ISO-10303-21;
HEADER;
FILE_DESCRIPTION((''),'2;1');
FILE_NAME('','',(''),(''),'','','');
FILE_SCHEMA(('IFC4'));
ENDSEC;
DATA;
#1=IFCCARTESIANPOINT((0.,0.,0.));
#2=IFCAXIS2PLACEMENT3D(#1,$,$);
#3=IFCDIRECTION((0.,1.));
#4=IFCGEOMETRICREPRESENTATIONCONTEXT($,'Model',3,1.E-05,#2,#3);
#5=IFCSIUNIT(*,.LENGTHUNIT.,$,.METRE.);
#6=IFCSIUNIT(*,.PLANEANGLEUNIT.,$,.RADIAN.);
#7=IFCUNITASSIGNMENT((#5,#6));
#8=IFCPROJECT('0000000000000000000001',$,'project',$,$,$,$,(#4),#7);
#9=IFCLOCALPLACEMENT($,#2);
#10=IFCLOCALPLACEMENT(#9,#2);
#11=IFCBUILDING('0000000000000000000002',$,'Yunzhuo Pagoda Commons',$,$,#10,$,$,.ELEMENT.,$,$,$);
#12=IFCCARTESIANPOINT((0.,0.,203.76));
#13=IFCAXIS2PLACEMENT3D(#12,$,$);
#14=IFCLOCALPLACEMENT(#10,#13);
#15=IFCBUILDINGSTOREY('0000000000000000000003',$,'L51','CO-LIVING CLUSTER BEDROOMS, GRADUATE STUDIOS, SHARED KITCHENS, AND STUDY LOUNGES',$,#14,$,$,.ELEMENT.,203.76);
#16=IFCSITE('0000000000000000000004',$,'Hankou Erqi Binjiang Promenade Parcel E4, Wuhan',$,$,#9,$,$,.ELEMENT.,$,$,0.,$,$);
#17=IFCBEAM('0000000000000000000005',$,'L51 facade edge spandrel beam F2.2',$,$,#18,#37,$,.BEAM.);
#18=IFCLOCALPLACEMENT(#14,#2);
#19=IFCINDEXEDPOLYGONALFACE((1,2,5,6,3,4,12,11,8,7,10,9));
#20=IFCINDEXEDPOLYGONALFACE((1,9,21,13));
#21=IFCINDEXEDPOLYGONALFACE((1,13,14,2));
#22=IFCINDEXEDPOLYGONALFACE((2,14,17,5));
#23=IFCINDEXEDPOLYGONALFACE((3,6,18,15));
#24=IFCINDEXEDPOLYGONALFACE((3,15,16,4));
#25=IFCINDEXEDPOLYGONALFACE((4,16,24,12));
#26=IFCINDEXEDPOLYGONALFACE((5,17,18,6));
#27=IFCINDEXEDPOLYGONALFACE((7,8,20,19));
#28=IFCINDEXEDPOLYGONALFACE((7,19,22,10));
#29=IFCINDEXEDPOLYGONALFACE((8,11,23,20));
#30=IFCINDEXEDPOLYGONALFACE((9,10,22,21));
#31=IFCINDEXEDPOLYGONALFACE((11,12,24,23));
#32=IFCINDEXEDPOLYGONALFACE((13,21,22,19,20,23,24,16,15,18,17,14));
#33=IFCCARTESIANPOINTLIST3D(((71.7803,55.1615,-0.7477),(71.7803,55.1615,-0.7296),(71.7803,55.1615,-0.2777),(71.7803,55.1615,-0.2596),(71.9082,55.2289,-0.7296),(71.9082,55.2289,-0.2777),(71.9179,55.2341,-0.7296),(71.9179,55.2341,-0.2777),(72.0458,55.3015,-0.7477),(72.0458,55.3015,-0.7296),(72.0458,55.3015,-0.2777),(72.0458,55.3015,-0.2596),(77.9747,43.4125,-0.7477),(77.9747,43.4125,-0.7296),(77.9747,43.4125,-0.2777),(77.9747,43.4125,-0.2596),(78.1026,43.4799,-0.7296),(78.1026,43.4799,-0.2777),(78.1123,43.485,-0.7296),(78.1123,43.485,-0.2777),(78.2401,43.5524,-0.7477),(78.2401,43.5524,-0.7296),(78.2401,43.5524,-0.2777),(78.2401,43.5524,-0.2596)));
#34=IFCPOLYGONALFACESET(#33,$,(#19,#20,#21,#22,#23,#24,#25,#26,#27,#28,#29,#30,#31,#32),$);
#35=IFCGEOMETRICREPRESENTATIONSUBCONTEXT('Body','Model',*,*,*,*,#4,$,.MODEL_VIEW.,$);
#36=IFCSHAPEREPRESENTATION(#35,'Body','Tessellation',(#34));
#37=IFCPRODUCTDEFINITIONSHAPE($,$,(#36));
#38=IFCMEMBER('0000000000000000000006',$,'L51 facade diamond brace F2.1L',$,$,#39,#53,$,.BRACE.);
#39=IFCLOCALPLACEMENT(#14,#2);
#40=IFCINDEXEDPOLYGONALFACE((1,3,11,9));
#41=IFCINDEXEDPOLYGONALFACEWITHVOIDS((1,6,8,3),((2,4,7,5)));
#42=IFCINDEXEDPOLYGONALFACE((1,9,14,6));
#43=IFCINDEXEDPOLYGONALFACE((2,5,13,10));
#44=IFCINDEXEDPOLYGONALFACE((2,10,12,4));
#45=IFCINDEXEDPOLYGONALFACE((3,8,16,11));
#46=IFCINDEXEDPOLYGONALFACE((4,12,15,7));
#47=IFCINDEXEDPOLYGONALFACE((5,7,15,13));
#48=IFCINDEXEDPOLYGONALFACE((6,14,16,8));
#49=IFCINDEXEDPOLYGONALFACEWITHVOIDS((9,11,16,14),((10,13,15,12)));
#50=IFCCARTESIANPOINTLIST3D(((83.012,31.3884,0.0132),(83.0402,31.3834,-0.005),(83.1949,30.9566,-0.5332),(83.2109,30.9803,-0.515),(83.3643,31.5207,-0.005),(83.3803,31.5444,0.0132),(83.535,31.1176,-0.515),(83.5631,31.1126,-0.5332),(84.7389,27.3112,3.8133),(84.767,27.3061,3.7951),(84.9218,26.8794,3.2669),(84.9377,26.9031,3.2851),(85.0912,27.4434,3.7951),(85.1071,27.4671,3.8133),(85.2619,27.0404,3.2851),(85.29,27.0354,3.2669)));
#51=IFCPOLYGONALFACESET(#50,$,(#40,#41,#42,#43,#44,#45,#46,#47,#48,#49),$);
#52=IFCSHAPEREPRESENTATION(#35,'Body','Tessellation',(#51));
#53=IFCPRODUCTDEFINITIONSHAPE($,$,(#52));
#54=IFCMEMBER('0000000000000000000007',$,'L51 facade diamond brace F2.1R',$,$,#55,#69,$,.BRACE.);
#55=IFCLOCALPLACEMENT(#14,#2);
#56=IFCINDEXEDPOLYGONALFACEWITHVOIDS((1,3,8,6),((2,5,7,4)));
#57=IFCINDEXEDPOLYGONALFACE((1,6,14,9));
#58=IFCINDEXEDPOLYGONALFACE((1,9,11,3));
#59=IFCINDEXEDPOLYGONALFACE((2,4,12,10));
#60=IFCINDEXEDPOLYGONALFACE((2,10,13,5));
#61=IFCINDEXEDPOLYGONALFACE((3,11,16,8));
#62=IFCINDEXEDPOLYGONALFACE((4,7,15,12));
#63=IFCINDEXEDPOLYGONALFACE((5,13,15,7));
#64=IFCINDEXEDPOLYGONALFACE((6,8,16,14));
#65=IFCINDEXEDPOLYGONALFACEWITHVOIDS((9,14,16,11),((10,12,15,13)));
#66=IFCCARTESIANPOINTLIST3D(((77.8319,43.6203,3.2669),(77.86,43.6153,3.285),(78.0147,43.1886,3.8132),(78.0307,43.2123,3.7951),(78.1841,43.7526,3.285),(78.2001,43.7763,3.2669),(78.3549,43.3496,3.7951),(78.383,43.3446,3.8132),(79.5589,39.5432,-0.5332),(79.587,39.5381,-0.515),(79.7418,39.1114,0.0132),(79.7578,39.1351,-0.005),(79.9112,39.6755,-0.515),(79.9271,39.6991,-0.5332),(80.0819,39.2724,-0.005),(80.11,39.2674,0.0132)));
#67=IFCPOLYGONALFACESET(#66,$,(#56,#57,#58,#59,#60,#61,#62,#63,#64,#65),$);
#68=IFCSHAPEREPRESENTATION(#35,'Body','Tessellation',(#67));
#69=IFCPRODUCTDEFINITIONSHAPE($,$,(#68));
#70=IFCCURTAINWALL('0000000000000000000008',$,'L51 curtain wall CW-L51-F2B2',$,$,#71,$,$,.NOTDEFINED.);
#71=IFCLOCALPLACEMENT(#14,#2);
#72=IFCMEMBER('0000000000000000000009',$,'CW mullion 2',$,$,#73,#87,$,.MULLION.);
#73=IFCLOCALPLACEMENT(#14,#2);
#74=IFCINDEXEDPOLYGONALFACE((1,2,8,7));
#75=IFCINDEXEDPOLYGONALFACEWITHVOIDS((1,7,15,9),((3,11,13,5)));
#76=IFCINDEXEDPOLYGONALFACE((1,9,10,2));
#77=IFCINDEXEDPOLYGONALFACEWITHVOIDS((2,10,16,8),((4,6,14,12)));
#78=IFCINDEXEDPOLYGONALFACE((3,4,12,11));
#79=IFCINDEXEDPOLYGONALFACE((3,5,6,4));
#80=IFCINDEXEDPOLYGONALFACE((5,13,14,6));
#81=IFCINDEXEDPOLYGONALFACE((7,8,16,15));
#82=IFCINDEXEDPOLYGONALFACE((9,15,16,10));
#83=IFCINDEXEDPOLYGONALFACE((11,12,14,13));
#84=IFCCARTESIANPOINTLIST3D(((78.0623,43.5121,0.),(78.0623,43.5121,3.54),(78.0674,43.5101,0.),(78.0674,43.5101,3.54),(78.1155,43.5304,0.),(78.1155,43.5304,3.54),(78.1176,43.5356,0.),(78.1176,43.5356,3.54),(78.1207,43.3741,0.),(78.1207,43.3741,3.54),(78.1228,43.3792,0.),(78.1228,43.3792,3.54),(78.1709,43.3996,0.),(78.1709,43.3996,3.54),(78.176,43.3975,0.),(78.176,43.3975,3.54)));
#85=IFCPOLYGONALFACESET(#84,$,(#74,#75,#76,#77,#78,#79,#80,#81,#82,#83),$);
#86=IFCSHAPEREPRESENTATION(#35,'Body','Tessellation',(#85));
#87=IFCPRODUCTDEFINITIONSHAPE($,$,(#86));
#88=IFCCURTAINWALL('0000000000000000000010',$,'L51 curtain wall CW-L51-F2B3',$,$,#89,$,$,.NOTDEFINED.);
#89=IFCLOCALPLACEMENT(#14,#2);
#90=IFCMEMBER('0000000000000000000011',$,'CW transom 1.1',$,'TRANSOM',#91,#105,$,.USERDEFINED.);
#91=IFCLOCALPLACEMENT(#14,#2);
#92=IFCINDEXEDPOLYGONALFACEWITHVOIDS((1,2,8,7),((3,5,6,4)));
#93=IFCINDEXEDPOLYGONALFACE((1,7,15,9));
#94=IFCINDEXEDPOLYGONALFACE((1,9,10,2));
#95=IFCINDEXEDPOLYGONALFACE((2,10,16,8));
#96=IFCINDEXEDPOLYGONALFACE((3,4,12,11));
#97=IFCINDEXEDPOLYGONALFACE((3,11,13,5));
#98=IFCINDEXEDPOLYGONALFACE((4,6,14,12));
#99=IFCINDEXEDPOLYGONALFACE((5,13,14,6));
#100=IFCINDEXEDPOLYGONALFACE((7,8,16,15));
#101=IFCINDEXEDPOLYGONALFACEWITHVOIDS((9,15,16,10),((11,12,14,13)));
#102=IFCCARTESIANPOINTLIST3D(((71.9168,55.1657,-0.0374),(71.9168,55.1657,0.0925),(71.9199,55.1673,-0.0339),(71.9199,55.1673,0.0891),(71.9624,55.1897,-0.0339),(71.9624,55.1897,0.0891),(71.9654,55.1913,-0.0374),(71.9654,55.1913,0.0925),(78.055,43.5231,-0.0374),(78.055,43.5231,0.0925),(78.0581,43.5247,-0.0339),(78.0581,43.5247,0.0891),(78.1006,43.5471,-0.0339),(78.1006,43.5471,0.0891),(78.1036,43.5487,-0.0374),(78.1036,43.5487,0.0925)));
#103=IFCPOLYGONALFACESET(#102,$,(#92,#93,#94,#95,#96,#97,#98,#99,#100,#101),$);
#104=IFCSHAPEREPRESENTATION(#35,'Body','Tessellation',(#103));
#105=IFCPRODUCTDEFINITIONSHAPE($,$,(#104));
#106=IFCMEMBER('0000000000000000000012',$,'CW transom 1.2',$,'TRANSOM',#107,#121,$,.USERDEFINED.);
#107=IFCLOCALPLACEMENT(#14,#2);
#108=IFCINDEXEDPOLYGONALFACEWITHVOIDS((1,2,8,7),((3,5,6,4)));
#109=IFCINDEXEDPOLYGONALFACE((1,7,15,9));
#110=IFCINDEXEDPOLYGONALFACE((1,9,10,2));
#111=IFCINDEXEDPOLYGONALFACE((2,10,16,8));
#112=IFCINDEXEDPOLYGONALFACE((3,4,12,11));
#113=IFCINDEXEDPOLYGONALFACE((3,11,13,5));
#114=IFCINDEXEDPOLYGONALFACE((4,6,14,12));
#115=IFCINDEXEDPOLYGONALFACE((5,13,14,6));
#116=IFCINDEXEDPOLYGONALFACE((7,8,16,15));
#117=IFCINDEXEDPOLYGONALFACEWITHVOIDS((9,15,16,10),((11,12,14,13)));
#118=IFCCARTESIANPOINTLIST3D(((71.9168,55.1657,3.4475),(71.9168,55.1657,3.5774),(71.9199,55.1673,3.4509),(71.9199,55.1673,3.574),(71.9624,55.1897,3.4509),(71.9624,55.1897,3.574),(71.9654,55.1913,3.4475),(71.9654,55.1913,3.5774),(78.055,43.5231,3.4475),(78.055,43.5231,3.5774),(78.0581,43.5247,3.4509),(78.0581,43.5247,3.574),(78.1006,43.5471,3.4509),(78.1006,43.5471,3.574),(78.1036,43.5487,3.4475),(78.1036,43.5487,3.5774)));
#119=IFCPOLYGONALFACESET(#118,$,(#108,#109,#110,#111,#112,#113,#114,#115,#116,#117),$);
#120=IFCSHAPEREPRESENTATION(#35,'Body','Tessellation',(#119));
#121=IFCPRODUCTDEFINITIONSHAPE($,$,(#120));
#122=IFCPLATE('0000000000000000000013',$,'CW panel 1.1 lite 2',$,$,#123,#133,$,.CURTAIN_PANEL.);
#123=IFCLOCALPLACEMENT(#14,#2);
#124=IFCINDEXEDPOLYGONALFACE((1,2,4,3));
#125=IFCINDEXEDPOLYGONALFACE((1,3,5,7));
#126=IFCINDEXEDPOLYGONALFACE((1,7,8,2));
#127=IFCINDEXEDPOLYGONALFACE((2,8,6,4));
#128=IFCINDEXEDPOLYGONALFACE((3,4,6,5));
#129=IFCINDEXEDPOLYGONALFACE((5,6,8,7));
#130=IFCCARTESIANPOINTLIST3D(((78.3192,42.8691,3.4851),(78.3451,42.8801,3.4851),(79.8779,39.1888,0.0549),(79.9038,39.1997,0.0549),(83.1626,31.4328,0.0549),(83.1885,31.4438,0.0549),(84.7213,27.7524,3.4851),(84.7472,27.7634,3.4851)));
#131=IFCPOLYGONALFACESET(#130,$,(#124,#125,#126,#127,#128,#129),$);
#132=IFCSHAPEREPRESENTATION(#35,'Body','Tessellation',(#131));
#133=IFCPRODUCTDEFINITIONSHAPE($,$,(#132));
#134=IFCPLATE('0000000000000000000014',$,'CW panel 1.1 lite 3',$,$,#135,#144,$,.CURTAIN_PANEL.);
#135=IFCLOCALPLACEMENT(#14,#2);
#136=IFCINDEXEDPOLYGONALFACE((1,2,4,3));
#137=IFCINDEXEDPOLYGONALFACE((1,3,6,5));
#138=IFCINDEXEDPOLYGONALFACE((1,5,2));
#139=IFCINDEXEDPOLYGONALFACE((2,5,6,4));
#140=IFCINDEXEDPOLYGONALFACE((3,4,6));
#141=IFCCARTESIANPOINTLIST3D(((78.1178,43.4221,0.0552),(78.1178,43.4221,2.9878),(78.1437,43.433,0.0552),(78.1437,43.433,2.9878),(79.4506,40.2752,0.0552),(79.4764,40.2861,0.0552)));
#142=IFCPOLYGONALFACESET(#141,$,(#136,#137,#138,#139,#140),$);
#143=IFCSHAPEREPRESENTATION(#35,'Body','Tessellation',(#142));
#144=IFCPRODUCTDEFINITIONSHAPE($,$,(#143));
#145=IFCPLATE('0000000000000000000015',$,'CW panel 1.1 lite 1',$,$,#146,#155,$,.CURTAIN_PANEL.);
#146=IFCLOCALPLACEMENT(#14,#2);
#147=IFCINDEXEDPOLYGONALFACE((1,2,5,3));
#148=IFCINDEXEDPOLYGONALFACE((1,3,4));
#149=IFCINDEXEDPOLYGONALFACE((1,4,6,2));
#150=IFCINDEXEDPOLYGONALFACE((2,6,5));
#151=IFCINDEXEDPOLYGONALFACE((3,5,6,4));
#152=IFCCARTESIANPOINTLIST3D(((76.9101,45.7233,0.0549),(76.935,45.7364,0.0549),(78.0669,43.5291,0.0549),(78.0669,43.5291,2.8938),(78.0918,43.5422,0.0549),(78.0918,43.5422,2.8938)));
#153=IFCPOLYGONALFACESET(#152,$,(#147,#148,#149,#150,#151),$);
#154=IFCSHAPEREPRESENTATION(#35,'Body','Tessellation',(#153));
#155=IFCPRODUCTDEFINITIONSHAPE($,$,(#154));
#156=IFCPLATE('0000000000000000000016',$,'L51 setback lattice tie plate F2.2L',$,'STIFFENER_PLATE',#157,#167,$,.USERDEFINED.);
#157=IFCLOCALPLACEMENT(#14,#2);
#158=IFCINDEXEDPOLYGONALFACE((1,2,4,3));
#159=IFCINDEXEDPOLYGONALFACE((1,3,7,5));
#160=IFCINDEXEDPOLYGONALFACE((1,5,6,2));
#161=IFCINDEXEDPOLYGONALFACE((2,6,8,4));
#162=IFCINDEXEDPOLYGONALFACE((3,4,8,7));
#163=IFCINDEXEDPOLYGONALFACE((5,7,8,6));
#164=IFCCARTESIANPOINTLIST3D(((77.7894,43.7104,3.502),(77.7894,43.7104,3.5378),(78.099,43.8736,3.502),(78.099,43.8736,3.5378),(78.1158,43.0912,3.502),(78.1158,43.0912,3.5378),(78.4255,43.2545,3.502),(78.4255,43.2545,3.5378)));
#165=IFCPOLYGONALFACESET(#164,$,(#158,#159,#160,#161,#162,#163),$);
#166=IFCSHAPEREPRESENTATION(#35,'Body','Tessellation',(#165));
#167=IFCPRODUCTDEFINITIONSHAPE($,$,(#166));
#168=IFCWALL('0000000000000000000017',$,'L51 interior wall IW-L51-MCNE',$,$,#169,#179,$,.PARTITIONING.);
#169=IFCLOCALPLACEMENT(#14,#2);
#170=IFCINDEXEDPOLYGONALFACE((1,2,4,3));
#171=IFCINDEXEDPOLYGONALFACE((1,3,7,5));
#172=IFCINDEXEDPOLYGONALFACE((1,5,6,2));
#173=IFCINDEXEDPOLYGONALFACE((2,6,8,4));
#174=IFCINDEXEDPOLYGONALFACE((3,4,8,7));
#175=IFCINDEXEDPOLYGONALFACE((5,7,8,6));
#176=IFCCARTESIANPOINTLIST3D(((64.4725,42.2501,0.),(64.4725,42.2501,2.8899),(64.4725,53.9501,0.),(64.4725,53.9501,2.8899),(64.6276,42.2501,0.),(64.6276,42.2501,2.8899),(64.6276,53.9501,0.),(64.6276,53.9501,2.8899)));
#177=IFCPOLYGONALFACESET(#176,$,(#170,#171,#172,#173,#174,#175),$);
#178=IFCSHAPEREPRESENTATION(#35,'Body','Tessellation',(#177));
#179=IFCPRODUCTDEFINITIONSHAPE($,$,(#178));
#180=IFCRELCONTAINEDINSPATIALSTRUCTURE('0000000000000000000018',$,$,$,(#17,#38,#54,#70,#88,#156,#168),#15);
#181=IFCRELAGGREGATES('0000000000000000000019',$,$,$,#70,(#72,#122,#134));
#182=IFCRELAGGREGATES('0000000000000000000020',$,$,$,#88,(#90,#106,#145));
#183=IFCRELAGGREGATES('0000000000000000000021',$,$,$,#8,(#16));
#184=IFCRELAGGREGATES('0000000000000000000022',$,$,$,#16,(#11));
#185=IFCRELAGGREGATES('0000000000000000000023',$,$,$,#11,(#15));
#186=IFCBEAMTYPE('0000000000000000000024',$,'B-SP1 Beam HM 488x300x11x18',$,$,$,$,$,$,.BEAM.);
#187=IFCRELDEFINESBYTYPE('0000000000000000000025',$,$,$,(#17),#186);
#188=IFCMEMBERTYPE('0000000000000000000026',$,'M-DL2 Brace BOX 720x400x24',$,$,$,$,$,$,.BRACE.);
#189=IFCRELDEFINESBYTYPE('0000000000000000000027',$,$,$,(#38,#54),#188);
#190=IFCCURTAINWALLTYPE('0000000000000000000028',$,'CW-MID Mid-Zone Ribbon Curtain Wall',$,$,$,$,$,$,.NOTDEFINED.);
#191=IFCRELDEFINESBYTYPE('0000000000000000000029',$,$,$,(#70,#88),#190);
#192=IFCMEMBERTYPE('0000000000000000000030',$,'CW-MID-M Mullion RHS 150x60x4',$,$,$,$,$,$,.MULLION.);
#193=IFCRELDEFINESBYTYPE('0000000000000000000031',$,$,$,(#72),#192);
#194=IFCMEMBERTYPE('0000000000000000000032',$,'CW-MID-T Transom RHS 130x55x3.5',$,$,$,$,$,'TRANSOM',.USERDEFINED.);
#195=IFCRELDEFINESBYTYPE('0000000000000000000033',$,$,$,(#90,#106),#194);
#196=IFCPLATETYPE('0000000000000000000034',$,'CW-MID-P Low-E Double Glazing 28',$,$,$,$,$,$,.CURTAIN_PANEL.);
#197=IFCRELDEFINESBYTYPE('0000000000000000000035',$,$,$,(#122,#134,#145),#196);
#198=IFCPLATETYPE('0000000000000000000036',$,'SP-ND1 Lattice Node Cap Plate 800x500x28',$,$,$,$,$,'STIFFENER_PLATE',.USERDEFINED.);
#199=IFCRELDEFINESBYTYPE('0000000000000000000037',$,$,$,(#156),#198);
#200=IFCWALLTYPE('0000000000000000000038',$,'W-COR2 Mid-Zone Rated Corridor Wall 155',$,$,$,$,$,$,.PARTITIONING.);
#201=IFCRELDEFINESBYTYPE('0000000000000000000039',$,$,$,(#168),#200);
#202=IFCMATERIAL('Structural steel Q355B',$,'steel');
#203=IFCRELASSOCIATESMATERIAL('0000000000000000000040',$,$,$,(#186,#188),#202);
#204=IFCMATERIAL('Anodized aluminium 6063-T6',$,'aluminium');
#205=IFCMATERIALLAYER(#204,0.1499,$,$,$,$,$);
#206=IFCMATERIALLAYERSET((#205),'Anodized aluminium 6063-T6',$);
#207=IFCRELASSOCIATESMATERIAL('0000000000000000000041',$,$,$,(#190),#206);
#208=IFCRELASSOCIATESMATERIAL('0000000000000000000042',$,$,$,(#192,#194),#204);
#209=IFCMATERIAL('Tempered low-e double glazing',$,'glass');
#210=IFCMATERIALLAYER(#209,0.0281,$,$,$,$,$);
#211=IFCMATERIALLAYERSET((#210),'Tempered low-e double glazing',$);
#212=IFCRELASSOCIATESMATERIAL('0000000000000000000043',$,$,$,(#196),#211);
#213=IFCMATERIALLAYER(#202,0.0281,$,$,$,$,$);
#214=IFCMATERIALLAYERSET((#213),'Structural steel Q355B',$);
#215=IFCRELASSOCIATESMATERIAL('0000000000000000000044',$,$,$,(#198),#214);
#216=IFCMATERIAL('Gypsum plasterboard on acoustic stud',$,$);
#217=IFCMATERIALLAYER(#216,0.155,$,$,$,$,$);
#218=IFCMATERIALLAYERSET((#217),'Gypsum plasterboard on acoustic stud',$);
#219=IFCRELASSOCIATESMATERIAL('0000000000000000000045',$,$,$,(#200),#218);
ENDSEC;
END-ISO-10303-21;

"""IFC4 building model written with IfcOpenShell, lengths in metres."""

from ifc_helpers import new_model, si_unit, direction, frame, frame_2d, origin, origin_2d, place, context, subcontext, project, spatial, polyline, rectangle, hollow_rectangle, i_section, outline, extrude, source, transform, mapped, material, layer, layer_set, material_profile, profile_set, type_object, element, aggregate, save


model = new_model("IFC4")

# Units and contexts
model_context = context("Model", 3, precision=1e-05, world=origin(), true_north=direction((0.0, 1.0)))
body_context = subcontext(model_context, "Body", "Model", "MODEL_VIEW")
ifc_project = project(units=[si_unit("LENGTHUNIT", "METRE"), si_unit("PLANEANGLEUNIT", "RADIAN")], contexts=[model_context])

# Site, building, storey
site_placement = place(None, origin())
site = spatial("IfcSite", under=ifc_project, at=site_placement, Name="Hankou Erqi Binjiang Promenade Parcel E4, Wuhan", CompositionType="ELEMENT", RefElevation=0.0)
building_placement = place(site_placement, origin())
building = spatial("IfcBuilding", under=site, at=building_placement, Name="Yunzhuo Pagoda Commons", CompositionType="ELEMENT")
storey_placement = place(building_placement, frame((0.0, 0.0, 203.76)))
storey = spatial("IfcBuildingStorey", under=building, at=storey_placement, Name="L51", Description="CO-LIVING CLUSTER BEDROOMS, GRADUATE STUDIOS, SHARED KITCHENS, AND STUDY LOUNGES", CompositionType="ELEMENT", Elevation=203.76)

# Beam
ifc_material_1 = material(Name="Structural steel Q355B", Category="steel")
ifc_material_profile_1 = material_profile(ifc_material_1, i_section(OverallWidth=0.3, OverallDepth=0.488, WebThickness=0.011, FlangeThickness=0.0181, at=origin_2d()), Name="Structural steel Q355B")
ifc_profile_set_1 = profile_set([ifc_material_profile_1], Name="Structural steel Q355B")
beam_type_1 = type_object("IfcBeamType", Name="B-SP1 Beam HM 488x300x11x18", PredefinedType="BEAM", material=ifc_profile_set_1)
shared_shape_1 = source(origin(), body_context, "Body", "SweptSolid", [
    extrude(i_section(OverallWidth=0.3, OverallDepth=0.488, WebThickness=0.011, FlangeThickness=0.0181, at=origin_2d()), origin(), (0.0, 0.0, 1.0), 13.282),
])
beam_1_placement = place(storey_placement, frame((78.1074, 43.4824, -0.5037), z_axis=(-0.466374, 0.884588, 0.0), x_axis=(-0.884588, -0.466374, 0.0)))
element("IfcBeam", 1, at=beam_1_placement, inside=storey, type_object=beam_type_1, Name="L51 facade edge spandrel beam F2.2", PredefinedType="BEAM", context=body_context, shape_type="MappedRepresentation", body=[
    mapped(shared_shape_1, transform((0.0, 0.0, 0.0), scale=1.0)),
])

# Members
ifc_material_profile_2 = material_profile(ifc_material_1, hollow_rectangle(XDim=0.3999, YDim=0.72, WallThickness=0.0239, at=origin_2d()), Name="Structural steel Q355B")
ifc_profile_set_2 = profile_set([ifc_material_profile_2], Name="Structural steel Q355B")
member_type_1 = type_object("IfcMemberType", Name="M-DL2 Brace BOX 720x400x24", PredefinedType="BRACE", material=ifc_profile_set_2)
shared_shape_2 = source(origin(), body_context, "Body", "SweptSolid", [
    extrude(hollow_rectangle(XDim=0.3999, YDim=0.72, WallThickness=0.0239, at=origin_2d()), origin(), (0.0, 0.0, 1.0), 5.835),
])
for number, where, z_axis, x_axis, name in (
    (2, (83.2876, 31.2505, -0.26), (0.295947, -0.698759, 0.651269), (0.920817, 0.389996, 0.0), "L51 facade diamond brace F2.1L"),
    (3, (79.8345, 39.4053, -0.26), (-0.295986, 0.69875, 0.651261), (-0.920797, -0.390043, 0.0), "L51 facade diamond brace F2.1R"),
):
    element("IfcMember", number, at=place(storey_placement, frame(where, z_axis=z_axis, x_axis=x_axis)), inside=storey, type_object=member_type_1, Name=name, PredefinedType="BRACE", context=body_context, shape_type="MappedRepresentation", body=[
        mapped(shared_shape_2, transform((0.0, 0.0, 0.0), scale=1.0)),
    ])

# Curtain wall, member
ifc_material_2 = material(Name="Anodized aluminium 6063-T6", Category="aluminium")
ifc_layer_1 = layer(ifc_material_2, 0.1499)
ifc_layer_set_1 = layer_set([ifc_layer_1], Name="Anodized aluminium 6063-T6")
curtain_wall_type = type_object("IfcCurtainWallType", Name="CW-MID Mid-Zone Ribbon Curtain Wall", PredefinedType="NOTDEFINED", material=ifc_layer_set_1)
curtain_wall_1_placement = place(storey_placement, origin())
curtain_wall_1 = element("IfcCurtainWall", 4, at=curtain_wall_1_placement, inside=storey, type_object=curtain_wall_type, Name="L51 curtain wall CW-L51-F2B2", PredefinedType="NOTDEFINED")
ifc_material_profile_3 = material_profile(ifc_material_2, hollow_rectangle(XDim=0.0601, YDim=0.1499, WallThickness=0.0039, at=origin_2d()), Name="Anodized aluminium 6063-T6")
ifc_profile_set_3 = profile_set([ifc_material_profile_3], Name="Anodized aluminium 6063-T6")
member_type_2 = type_object("IfcMemberType", Name="CW-MID-M Mullion RHS 150x60x4", PredefinedType="MULLION", material=ifc_profile_set_3)
shared_shape_3 = source(origin(), body_context, "Body", "SweptSolid", [
    extrude(hollow_rectangle(XDim=0.0601, YDim=0.1499, WallThickness=0.0039, at=origin_2d()), origin(), (0.0, 0.0, 1.0), 3.54),
])
member_1_placement = place(storey_placement, frame((78.1191, 43.4548, 0.0), z_axis=(0.0, 0.0, 1.0), x_axis=(-0.920824, -0.389978, 0.0)))
member_1 = element("IfcMember", 5, at=member_1_placement, type_object=member_type_2, Name="CW mullion 2", PredefinedType="MULLION", context=body_context, shape_type="MappedRepresentation", body=[
    mapped(shared_shape_3, transform((0.0, 0.0, 0.0), scale=1.0)),
])

# Curtain wall, members
curtain_wall_2_placement = place(storey_placement, origin())
curtain_wall_2 = element("IfcCurtainWall", 6, at=curtain_wall_2_placement, inside=storey, type_object=curtain_wall_type, Name="L51 curtain wall CW-L51-F2B3", PredefinedType="NOTDEFINED")
ifc_material_profile_4 = material_profile(ifc_material_2, hollow_rectangle(XDim=0.0549, YDim=0.1299, WallThickness=0.0034, at=origin_2d()), Name="Anodized aluminium 6063-T6")
ifc_profile_set_4 = profile_set([ifc_material_profile_4], Name="Anodized aluminium 6063-T6")
member_type_3 = type_object("IfcMemberType", Name="CW-MID-T Transom RHS 130x55x3.5", ElementType="TRANSOM", PredefinedType="USERDEFINED", material=ifc_profile_set_4)
shared_shape_4 = source(origin(), body_context, "Body", "SweptSolid", [
    extrude(hollow_rectangle(XDim=0.0549, YDim=0.1299, WallThickness=0.0034, at=origin_2d()), origin(), (0.0, 0.0, 1.0), 13.1616),
])
member_2_placement = place(storey_placement, frame((78.0793, 43.5359, 0.0276), z_axis=(-0.466372, 0.884589, 0.0), x_axis=(-0.884589, -0.466372, 0.0)))
member_2 = element("IfcMember", 7, at=member_2_placement, type_object=member_type_3, Name="CW transom 1.1", ObjectType="TRANSOM", PredefinedType="USERDEFINED", context=body_context, shape_type="MappedRepresentation", body=[
    mapped(shared_shape_4, transform((0.0, 0.0, 0.0), scale=1.0)),
])
member_3_placement = place(storey_placement, frame((78.0793, 43.5359, 3.5125), z_axis=(-0.466372, 0.884589, 0.0), x_axis=(-0.884589, -0.466372, 0.0)))
member_3 = element("IfcMember", 8, at=member_3_placement, type_object=member_type_3, Name="CW transom 1.2", ObjectType="TRANSOM", PredefinedType="USERDEFINED", context=body_context, shape_type="MappedRepresentation", body=[
    mapped(shared_shape_4, transform((0.0, 0.0, 0.0), scale=1.0)),
])

# Plates
ifc_material_3 = material(Name="Tempered low-e double glazing", Category="glass")
ifc_layer_2 = layer(ifc_material_3, 0.0281)
ifc_layer_set_2 = layer_set([ifc_layer_2], Name="Tempered low-e double glazing")
plate_type_1 = type_object("IfcPlateType", Name="CW-MID-P Low-E Double Glazing 28", PredefinedType="CURTAIN_PANEL", material=ifc_layer_set_2)
plate_1_placement = place(storey_placement, frame((81.5203, 35.3108, 1.77), z_axis=(0.920824, 0.389978, 0.0), x_axis=(-0.389978, 0.920824, 0.0)))
plate_1 = element("IfcPlate", 9, at=plate_1_placement, type_object=plate_type_1, Name="CW panel 1.1 lite 2", PredefinedType="CURTAIN_PANEL", context=body_context, shape_type="SweptSolid", body=[
    extrude(outline(polyline([(-8.2083, 1.7151), (-4.2114, -1.7151), (4.2114, -1.7151), (8.2083, 1.7151), (-8.2083, 1.7151)])), origin(), (0.0, 0.0, 1.0), 0.0281),
])
plate_2_placement = place(storey_placement, frame((78.7842, 41.8486, 1.5215), z_axis=(0.920824, 0.389978, 0.0), x_axis=(-0.389978, 0.920824, 0.0)))
plate_2 = element("IfcPlate", 10, at=plate_2_placement, type_object=plate_type_1, Name="CW panel 1.1 lite 3", PredefinedType="CURTAIN_PANEL", context=body_context, shape_type="SweptSolid", body=[
    extrude(outline(polyline([(-1.7087, -1.4663), (1.7087, -1.4663), (1.7087, 1.4663), (-1.7087, -1.4663)])), origin(), (0.0, 0.0, 1.0), 0.0281),
])
aggregate(curtain_wall_1, [member_1, plate_1, plate_2])
plate_3_placement = place(storey_placement, frame((77.4885, 44.6262, 1.4744), z_axis=(0.884592, 0.466366, 0.0), x_axis=(-0.466366, 0.884592, 0.0)))
plate_3 = element("IfcPlate", 11, at=plate_3_placement, type_object=plate_type_1, Name="CW panel 1.1 lite 1", PredefinedType="CURTAIN_PANEL", context=body_context, shape_type="SweptSolid", body=[
    extrude(outline(polyline([(-1.2402, -1.4194), (1.2402, -1.4194), (-1.2402, 1.4194), (-1.2402, -1.4194)])), origin(), (0.0, 0.0, 1.0), 0.0281),
])
aggregate(curtain_wall_2, [member_2, member_3, plate_3])
ifc_layer_3 = layer(ifc_material_1, 0.0281)
ifc_layer_set_3 = layer_set([ifc_layer_3], Name="Structural steel Q355B")
plate_type_2 = type_object("IfcPlateType", Name="SP-ND1 Lattice Node Cap Plate 800x500x28", ElementType="STIFFENER_PLATE", PredefinedType="USERDEFINED", material=ifc_layer_set_3)
shared_shape_5 = source(origin(), body_context, "Body", "SweptSolid", [
    extrude(rectangle(XDim=0.7, YDim=0.3501, at=origin_2d()), origin(), (0.0, 0.0, 1.0), 0.0359),
])
plate_4_placement = place(storey_placement, frame((78.1074, 43.4824, 3.502), z_axis=(0.0, 0.0, 1.0), x_axis=(-0.466371, 0.884589, 0.0)))
element("IfcPlate", 12, at=plate_4_placement, inside=storey, type_object=plate_type_2, Name="L51 setback lattice tie plate F2.2L", ObjectType="STIFFENER_PLATE", PredefinedType="USERDEFINED", context=body_context, shape_type="MappedRepresentation", body=[
    mapped(shared_shape_5, transform((0.0, 0.0, 0.0), scale=1.0)),
])

# Wall
ifc_material_4 = material(Name="Gypsum plasterboard on acoustic stud")
ifc_layer_4 = layer(ifc_material_4, 0.155)
ifc_layer_set_4 = layer_set([ifc_layer_4], Name="Gypsum plasterboard on acoustic stud")
wall_type_1 = type_object("IfcWallType", Name="W-COR2 Mid-Zone Rated Corridor Wall 155", PredefinedType="PARTITIONING", material=ifc_layer_set_4)
wall_1_placement = place(storey_placement, frame((64.55, 42.25, 0.0), z_axis=(0.0, 0.0, 1.0), x_axis=(0.0, 1.0, 0.0)))
element("IfcWall", 13, at=wall_1_placement, inside=storey, type_object=wall_type_1, Name="L51 interior wall IW-L51-MCNE", PredefinedType="PARTITIONING", context=body_context, shape_type="SweptSolid", body=[
    extrude(rectangle(XDim=11.7, YDim=0.155, at=frame_2d((5.8501, 0.0))), origin(), (0.0, 0.0, 1.0), 2.8899),
])

save(model, "model.ifc")
